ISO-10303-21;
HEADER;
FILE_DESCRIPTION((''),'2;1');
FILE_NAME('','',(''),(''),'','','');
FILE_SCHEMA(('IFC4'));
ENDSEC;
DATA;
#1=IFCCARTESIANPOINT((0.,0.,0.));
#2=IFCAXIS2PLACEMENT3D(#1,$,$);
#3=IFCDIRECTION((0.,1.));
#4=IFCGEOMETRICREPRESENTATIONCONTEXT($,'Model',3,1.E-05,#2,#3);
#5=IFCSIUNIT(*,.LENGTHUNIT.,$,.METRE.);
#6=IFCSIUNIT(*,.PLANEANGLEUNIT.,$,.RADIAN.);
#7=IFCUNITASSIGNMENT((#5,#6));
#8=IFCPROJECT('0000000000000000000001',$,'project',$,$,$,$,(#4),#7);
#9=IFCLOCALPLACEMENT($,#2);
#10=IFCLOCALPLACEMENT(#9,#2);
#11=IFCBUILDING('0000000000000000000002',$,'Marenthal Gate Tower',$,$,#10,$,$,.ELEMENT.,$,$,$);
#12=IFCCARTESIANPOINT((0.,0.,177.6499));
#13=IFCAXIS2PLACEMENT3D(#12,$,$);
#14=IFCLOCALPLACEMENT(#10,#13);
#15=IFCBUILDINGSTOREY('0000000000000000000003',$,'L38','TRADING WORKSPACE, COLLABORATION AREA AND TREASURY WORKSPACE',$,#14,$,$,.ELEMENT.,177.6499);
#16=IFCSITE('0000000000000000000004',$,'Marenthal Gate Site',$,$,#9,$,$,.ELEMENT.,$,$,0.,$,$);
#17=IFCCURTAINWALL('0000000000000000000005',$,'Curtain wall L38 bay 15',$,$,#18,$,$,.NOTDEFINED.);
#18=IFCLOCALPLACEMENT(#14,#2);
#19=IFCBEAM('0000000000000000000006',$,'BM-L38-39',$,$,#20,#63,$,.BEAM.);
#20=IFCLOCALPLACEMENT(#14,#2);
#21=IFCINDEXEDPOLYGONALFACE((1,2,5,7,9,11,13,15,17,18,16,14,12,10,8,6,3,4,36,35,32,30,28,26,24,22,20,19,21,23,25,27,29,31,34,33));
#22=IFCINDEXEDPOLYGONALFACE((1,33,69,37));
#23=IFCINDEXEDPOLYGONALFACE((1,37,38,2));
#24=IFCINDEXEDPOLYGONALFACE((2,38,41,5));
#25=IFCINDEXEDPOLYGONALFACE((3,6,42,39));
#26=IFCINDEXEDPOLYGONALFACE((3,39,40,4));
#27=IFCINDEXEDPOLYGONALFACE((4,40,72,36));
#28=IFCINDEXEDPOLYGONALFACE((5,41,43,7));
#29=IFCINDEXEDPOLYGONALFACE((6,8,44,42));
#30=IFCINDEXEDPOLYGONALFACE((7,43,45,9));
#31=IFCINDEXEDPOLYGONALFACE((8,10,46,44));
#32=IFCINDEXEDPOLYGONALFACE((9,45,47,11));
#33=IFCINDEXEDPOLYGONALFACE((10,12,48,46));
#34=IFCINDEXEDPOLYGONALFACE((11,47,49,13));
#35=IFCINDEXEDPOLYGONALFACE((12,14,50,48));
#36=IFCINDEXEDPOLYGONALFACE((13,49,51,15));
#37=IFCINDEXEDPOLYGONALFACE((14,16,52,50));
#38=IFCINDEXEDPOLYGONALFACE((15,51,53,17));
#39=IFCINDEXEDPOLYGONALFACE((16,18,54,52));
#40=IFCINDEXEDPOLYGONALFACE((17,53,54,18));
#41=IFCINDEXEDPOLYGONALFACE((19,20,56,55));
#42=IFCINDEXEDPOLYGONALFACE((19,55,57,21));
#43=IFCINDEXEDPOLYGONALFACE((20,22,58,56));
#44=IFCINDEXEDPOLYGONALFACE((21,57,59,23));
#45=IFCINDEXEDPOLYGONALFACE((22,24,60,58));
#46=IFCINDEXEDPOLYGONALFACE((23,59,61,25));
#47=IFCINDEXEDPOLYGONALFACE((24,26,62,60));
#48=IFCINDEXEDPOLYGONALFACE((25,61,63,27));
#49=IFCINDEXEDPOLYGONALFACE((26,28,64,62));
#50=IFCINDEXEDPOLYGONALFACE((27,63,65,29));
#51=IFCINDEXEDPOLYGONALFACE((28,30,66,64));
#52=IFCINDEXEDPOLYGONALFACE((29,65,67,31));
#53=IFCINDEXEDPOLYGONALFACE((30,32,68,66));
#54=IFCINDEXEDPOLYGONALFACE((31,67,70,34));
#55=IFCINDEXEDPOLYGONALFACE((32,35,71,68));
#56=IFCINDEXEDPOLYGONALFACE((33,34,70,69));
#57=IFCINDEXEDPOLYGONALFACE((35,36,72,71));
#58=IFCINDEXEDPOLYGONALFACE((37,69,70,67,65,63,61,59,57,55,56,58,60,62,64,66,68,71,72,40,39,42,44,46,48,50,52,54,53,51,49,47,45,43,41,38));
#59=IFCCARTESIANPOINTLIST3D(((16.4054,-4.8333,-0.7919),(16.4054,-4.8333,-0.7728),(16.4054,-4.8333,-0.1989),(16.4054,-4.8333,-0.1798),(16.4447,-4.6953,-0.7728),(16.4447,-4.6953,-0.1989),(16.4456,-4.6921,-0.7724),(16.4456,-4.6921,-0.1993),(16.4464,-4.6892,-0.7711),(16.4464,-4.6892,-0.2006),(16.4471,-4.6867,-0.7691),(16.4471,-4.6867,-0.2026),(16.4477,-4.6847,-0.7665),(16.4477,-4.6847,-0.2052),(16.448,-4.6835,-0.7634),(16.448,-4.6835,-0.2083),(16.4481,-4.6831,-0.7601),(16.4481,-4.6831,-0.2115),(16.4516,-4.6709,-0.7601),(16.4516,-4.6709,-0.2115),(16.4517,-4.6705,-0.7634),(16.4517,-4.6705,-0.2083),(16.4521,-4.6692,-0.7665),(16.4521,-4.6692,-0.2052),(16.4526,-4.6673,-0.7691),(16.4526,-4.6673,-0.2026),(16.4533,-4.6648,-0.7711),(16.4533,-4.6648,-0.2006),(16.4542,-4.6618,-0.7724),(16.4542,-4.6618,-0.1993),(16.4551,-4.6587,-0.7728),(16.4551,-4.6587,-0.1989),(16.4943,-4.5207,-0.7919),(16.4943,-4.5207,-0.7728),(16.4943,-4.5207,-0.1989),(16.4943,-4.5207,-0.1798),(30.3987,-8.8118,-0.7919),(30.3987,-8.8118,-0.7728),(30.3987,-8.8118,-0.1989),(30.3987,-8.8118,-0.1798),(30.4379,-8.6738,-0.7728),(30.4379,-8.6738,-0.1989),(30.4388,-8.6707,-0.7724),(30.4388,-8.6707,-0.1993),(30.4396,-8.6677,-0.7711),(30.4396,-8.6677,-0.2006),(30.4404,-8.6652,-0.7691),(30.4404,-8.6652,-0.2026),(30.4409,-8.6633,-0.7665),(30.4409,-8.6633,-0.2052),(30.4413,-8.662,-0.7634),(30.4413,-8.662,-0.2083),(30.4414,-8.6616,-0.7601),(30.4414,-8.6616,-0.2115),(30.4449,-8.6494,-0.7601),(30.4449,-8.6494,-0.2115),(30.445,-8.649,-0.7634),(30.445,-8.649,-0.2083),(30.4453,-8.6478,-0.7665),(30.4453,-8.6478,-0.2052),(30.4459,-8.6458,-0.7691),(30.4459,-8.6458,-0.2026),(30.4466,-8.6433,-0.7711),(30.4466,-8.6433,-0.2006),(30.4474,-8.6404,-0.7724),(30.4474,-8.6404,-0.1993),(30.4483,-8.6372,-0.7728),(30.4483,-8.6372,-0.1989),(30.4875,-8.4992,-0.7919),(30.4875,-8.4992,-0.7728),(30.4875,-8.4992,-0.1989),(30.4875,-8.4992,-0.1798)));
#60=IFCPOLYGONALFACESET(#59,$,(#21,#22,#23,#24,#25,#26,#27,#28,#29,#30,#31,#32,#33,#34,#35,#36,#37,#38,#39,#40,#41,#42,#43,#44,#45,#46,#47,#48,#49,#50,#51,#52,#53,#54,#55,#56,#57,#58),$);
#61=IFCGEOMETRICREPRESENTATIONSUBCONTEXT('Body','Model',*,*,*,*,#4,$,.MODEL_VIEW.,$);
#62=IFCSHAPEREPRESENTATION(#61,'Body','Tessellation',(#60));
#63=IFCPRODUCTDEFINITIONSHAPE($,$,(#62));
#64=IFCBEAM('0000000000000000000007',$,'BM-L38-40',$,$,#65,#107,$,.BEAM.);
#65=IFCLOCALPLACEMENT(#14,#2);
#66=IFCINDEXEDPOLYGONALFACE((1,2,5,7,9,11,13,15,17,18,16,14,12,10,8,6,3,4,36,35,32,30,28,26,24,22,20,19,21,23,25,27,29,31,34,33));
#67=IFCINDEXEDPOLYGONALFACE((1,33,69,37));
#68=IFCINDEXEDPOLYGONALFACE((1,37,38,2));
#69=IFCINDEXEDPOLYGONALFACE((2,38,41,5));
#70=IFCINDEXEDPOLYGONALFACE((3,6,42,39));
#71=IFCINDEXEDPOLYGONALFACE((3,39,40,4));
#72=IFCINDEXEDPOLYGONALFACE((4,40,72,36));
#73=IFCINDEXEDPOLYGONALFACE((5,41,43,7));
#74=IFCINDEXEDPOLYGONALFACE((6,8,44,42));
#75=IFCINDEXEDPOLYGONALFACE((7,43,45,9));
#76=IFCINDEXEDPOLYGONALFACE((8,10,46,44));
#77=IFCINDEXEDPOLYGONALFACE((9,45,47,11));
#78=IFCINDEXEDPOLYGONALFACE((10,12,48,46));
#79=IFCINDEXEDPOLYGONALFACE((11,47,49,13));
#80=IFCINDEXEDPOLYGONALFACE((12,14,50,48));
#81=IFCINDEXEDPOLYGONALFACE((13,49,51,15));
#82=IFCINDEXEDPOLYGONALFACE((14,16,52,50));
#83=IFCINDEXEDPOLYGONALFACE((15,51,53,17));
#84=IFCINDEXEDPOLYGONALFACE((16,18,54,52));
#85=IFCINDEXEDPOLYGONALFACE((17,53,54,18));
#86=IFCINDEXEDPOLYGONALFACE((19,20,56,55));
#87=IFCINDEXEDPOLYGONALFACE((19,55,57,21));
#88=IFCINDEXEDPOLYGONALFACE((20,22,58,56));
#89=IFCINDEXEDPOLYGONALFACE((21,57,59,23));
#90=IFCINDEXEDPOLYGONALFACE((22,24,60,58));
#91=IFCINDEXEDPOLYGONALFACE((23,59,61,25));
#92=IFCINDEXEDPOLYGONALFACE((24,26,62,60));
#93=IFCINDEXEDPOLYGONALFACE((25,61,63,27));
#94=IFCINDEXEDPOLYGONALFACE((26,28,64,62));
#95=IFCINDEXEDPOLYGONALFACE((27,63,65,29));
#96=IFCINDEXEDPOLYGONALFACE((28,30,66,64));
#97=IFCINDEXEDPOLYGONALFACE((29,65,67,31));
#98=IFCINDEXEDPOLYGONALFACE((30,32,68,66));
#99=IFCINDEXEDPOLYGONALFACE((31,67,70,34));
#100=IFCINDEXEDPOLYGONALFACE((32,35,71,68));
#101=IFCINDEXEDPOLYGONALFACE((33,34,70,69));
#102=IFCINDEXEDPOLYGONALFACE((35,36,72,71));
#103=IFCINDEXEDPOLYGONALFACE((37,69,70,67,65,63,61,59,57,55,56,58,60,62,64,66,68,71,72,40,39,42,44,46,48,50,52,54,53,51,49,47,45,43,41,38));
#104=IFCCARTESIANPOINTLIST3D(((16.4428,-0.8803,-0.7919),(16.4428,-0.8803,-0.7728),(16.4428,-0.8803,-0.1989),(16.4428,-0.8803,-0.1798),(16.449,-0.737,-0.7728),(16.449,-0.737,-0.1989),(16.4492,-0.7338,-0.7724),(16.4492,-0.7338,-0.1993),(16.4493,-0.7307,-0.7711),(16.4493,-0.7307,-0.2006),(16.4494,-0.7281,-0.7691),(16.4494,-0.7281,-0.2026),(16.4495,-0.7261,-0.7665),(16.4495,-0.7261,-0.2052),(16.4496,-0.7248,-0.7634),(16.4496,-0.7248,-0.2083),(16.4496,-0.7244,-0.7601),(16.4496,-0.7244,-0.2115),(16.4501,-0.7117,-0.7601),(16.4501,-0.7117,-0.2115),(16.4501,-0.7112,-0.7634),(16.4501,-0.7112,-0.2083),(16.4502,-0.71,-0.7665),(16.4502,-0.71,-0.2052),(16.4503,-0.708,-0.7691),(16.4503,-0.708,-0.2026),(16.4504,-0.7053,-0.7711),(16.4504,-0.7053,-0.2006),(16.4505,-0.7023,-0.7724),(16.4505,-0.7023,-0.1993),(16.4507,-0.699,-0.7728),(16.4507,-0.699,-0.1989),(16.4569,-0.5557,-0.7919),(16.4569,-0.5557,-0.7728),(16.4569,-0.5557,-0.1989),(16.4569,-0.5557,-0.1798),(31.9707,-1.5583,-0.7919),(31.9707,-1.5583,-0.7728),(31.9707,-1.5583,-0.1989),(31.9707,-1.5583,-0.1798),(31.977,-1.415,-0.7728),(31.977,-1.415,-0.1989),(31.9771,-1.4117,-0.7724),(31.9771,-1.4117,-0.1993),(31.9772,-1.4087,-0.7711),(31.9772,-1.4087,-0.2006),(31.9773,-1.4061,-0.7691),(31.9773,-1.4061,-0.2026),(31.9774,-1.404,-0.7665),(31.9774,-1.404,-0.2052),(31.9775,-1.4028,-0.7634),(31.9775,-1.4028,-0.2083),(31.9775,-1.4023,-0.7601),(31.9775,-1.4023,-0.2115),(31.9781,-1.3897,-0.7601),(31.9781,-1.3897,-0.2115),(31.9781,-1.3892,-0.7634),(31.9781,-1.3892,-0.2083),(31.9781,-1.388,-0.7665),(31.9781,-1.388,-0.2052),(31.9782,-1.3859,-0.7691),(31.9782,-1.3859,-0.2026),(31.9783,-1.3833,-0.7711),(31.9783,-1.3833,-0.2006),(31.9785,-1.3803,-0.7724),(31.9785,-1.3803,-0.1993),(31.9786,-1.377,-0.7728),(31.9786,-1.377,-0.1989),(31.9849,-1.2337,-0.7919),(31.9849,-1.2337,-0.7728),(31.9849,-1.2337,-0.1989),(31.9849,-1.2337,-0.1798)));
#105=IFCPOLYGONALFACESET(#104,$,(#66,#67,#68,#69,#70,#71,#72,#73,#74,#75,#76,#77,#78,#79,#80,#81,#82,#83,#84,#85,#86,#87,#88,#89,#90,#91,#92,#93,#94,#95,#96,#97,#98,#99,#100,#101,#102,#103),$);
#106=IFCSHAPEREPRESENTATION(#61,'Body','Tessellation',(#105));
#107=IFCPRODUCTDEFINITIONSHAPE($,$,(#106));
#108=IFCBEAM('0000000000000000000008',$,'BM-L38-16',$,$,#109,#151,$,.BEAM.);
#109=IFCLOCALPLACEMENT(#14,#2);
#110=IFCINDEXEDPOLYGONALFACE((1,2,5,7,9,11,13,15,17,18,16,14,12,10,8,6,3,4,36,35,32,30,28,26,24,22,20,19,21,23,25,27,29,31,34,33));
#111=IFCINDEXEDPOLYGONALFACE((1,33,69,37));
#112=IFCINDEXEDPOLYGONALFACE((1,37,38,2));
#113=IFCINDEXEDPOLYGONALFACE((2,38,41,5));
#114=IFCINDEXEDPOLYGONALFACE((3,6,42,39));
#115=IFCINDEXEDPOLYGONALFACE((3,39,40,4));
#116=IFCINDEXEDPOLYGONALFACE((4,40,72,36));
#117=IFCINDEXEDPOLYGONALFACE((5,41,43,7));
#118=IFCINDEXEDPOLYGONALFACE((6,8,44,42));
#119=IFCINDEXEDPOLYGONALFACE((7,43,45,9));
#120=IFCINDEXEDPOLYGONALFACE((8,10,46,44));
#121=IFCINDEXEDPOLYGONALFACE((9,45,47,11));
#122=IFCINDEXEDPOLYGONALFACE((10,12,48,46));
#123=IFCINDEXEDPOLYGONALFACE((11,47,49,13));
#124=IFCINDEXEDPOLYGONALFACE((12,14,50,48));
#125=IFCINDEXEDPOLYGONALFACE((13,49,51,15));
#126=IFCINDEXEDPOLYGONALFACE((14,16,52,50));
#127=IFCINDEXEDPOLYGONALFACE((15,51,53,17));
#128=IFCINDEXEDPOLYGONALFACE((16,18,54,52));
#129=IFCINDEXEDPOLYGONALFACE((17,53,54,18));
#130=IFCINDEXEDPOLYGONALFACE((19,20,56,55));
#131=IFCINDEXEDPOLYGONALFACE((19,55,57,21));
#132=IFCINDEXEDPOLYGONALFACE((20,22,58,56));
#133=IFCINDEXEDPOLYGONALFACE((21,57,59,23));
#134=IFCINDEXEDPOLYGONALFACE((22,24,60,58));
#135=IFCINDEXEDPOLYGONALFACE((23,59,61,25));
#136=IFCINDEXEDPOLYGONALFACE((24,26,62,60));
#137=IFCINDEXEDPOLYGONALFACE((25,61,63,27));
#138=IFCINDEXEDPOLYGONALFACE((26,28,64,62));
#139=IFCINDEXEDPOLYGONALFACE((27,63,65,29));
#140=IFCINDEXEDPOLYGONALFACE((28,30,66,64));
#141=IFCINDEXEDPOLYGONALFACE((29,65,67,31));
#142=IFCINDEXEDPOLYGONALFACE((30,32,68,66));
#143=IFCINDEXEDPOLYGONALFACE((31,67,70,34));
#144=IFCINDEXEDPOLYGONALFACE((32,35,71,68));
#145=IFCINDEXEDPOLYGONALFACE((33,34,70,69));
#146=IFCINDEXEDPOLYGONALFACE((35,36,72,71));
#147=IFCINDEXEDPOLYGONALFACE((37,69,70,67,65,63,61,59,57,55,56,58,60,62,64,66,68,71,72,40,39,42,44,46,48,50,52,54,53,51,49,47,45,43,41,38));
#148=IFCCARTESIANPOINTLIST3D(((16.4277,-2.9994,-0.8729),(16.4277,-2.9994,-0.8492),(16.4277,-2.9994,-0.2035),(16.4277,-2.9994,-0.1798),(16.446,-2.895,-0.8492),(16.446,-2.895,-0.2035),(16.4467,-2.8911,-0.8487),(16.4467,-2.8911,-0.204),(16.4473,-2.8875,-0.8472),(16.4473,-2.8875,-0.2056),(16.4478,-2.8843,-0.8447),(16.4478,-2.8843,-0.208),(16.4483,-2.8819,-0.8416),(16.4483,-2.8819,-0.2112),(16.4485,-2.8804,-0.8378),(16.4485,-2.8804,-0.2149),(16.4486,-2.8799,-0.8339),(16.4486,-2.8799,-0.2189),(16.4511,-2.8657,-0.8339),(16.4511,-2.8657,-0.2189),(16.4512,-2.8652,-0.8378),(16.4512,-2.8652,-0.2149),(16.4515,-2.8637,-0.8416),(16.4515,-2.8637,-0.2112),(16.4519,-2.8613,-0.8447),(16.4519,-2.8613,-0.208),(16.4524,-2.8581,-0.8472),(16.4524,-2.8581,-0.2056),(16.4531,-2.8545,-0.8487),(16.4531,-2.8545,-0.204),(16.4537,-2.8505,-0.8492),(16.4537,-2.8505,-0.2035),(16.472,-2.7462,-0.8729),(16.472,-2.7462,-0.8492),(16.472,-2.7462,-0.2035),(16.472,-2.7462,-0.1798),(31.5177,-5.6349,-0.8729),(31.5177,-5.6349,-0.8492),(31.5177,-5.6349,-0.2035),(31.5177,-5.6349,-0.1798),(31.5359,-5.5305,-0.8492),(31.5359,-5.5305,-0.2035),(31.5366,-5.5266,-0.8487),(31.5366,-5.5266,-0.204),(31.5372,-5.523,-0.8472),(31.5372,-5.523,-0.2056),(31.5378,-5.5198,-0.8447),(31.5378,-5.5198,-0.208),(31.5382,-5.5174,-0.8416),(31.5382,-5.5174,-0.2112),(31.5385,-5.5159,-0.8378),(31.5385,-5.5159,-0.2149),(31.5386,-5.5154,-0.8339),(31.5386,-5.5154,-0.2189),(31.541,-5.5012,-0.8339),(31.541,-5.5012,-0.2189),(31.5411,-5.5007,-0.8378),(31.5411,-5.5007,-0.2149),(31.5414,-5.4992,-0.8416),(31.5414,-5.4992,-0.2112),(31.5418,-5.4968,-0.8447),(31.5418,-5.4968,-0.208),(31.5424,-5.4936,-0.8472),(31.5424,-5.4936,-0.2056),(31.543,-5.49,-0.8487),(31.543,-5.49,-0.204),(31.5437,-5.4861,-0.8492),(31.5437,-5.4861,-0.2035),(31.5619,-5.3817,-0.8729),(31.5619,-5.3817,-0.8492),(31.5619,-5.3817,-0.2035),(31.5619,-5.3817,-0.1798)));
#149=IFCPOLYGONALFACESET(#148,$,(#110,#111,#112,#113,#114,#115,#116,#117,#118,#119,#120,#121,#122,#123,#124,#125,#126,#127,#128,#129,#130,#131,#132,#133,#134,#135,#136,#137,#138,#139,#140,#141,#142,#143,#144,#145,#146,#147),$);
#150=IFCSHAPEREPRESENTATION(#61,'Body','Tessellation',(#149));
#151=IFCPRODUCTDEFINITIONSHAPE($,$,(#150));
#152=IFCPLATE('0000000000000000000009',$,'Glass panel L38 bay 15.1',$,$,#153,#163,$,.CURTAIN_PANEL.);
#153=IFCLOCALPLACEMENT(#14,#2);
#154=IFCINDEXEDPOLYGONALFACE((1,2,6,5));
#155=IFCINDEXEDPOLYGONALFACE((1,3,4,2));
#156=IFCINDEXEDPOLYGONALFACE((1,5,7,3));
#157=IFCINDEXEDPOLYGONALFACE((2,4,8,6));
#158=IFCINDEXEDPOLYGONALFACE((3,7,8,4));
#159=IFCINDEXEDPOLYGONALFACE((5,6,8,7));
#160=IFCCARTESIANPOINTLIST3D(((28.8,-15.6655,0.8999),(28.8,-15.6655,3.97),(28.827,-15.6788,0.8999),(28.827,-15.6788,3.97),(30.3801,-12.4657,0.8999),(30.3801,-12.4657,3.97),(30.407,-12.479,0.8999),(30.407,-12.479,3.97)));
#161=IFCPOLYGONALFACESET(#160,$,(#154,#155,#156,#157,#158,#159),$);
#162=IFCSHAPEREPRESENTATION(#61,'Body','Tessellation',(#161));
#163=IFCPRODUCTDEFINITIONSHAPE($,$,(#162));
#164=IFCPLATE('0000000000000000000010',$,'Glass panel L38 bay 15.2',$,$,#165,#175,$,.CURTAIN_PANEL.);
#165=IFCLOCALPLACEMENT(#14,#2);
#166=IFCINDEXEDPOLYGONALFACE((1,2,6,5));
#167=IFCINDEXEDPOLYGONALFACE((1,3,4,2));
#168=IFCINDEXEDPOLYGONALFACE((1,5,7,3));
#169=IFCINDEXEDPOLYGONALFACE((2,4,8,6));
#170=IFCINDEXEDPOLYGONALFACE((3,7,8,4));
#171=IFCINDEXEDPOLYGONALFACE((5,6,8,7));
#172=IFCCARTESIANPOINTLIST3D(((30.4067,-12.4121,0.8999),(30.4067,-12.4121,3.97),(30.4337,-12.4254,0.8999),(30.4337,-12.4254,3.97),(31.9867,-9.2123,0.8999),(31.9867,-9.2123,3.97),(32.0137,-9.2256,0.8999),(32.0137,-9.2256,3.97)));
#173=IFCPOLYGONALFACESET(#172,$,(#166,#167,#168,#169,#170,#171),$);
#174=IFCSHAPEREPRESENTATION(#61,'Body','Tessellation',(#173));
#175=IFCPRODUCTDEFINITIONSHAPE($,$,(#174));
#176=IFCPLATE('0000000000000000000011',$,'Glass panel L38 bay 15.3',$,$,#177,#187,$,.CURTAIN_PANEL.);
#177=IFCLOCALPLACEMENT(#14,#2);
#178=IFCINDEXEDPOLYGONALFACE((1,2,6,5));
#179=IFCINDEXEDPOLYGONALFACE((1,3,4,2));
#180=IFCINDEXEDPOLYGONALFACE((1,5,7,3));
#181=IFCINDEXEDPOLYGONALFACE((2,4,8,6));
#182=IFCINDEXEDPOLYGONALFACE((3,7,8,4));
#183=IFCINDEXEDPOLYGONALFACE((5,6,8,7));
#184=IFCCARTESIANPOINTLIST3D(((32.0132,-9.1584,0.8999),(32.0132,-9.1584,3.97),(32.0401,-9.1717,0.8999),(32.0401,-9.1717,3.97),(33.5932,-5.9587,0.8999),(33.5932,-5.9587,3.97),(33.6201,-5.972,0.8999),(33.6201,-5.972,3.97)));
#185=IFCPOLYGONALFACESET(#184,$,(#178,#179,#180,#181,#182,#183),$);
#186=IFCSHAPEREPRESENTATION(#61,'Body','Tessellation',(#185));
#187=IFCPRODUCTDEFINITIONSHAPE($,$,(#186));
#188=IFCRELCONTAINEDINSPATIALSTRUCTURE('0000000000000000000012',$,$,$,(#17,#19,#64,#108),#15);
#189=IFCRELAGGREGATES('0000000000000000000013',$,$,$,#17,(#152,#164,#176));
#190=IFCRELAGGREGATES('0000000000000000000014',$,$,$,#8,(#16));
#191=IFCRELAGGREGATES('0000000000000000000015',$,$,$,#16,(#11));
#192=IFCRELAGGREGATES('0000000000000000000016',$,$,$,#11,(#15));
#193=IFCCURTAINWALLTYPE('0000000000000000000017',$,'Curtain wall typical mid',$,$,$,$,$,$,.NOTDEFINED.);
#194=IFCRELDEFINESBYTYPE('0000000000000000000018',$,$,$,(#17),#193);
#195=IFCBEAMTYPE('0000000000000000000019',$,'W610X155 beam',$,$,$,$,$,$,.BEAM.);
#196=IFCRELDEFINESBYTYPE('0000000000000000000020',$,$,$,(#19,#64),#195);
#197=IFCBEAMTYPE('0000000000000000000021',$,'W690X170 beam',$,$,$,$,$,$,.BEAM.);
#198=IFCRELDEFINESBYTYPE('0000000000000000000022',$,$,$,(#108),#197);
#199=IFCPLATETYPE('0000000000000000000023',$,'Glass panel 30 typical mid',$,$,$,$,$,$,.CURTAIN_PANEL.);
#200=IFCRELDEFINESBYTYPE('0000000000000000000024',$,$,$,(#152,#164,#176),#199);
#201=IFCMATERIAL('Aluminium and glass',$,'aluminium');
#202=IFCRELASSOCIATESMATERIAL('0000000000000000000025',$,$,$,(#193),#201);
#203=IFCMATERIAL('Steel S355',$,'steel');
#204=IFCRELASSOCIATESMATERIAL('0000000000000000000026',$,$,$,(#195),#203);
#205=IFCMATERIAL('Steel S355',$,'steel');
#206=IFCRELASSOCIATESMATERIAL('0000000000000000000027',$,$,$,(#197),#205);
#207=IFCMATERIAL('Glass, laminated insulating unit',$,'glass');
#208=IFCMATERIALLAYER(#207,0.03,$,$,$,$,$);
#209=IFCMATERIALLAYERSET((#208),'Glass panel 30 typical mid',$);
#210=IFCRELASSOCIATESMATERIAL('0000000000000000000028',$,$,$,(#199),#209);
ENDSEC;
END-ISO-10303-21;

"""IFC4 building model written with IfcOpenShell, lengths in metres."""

from ifc_helpers import new_model, si_unit, direction, frame, origin, origin_2d, place, context, subcontext, project, spatial, rectangle, i_section, extrude, material, layer, layer_set, material_profile, profile_set, type_object, element, aggregate, save


model = new_model("IFC4")

# Units and contexts
model_context = context("Model", 3, precision=1e-05, world=origin(), true_north=direction((0.0, 1.0)))
body_context = subcontext(model_context, "Body", "Model", "MODEL_VIEW")
ifc_project = project(units=[si_unit("LENGTHUNIT", "METRE"), si_unit("PLANEANGLEUNIT", "RADIAN")], contexts=[model_context])

# Site, building, storey
site_placement = place(None, origin())
site = spatial("IfcSite", under=ifc_project, at=site_placement, Name="Marenthal Gate Site", CompositionType="ELEMENT", RefElevation=0.0)
building_placement = place(site_placement, origin())
building = spatial("IfcBuilding", under=site, at=building_placement, Name="Marenthal Gate Tower", CompositionType="ELEMENT")
storey_placement = place(building_placement, frame((0.0, 0.0, 177.6499)))
storey = spatial("IfcBuildingStorey", under=building, at=storey_placement, Name="L38", Description="TRADING WORKSPACE, COLLABORATION AREA AND TREASURY WORKSPACE", CompositionType="ELEMENT", Elevation=177.6499)

# Curtain wall
ifc_material_1 = material(Name="Aluminium and glass", Category="aluminium")
curtain_wall_type = type_object("IfcCurtainWallType", Name="Curtain wall typical mid", PredefinedType="NOTDEFINED", material=ifc_material_1)
curtain_wall_placement = place(storey_placement, origin())
curtain_wall = element("IfcCurtainWall", 1, at=curtain_wall_placement, inside=storey, type_object=curtain_wall_type, Name="Curtain wall L38 bay 15", PredefinedType="NOTDEFINED")

# Beams
ifc_material_2 = material(Name="Steel S355", Category="steel")
ifc_material_profile_1 = material_profile(ifc_material_2, i_section(OverallWidth=0.325, OverallDepth=0.6121, WebThickness=0.0127, FlangeThickness=0.019, FilletRadius=0.0127, at=origin_2d()), Name="W610X155")
ifc_profile_set_1 = profile_set([ifc_material_profile_1], Name="Steel S355")
beam_type_1 = type_object("IfcBeamType", Name="W610X155 beam", PredefinedType="BEAM", material=ifc_profile_set_1)
beam_1_placement = place(storey_placement, frame((30.4431, -8.6555, -0.4858), z_axis=(-0.961878, 0.27348, 0.0), x_axis=(-0.27348, -0.961878, 0.0)))
element("IfcBeam", 2, at=beam_1_placement, inside=storey, type_object=beam_type_1, Name="BM-L38-39", PredefinedType="BEAM", context=body_context, shape_type="SweptSolid", body=[
    extrude(i_section(OverallWidth=0.325, OverallDepth=0.6121, WebThickness=0.0127, FlangeThickness=0.019, FilletRadius=0.0127, at=origin_2d()), origin(), (0.0, 0.0, 1.0), 14.5479),
])
beam_2_placement = place(storey_placement, frame((31.9778, -1.396, -0.4858), z_axis=(-0.999048, 0.043621, 0.0), x_axis=(-0.043621, -0.999048, 0.0)))
element("IfcBeam", 3, at=beam_2_placement, inside=storey, type_object=beam_type_1, Name="BM-L38-40", PredefinedType="BEAM", context=body_context, shape_type="SweptSolid", body=[
    extrude(i_section(OverallWidth=0.325, OverallDepth=0.6121, WebThickness=0.0127, FlangeThickness=0.019, FilletRadius=0.0127, at=origin_2d()), origin(), (0.0, 0.0, 1.0), 15.5427),
])
ifc_material_3 = material(Name="Steel S355", Category="steel")
ifc_material_profile_2 = material_profile(ifc_material_3, i_section(OverallWidth=0.2571, OverallDepth=0.6931, WebThickness=0.0144, FlangeThickness=0.0237, FilletRadius=0.0154, at=origin_2d()), Name="W690X170")
ifc_profile_set_2 = profile_set([ifc_material_profile_2], Name="Steel S355")
beam_type_2 = type_object("IfcBeamType", Name="W690X170 beam", PredefinedType="BEAM", material=ifc_profile_set_2)
beam_3_placement = place(storey_placement, frame((31.5398, -5.5083, -0.5264), z_axis=(-0.985088, 0.172049, 0.0), x_axis=(-0.172049, -0.985088, 0.0)))
element("IfcBeam", 4, at=beam_3_placement, inside=storey, type_object=beam_type_2, Name="BM-L38-16", PredefinedType="BEAM", context=body_context, shape_type="SweptSolid", body=[
    extrude(i_section(OverallWidth=0.2571, OverallDepth=0.6931, WebThickness=0.0144, FlangeThickness=0.0237, FilletRadius=0.0154, at=origin_2d()), origin(), (0.0, 0.0, 1.0), 15.3184),
])

# Plates
ifc_material_4 = material(Name="Glass, laminated insulating unit", Category="glass")
ifc_layer_1 = layer(ifc_material_4, 0.03)
ifc_layer_set_1 = layer_set([ifc_layer_1], Name="Glass panel 30 typical mid")
plate_type = type_object("IfcPlateType", Name="Glass panel 30 typical mid", PredefinedType="CURTAIN_PANEL", material=ifc_layer_set_1)
plate_1_placement = place(storey_placement, frame((29.6035, -14.0723, 0.8999), z_axis=(0.0, 0.0, 1.0), x_axis=(0.442753, 0.896643, 0.0)))
plate_1 = element("IfcPlate", 5, at=plate_1_placement, type_object=plate_type, Name="Glass panel L38 bay 15.1", PredefinedType="CURTAIN_PANEL", context=body_context, shape_type="SweptSolid", body=[
    extrude(rectangle(XDim=3.5686, YDim=0.03, at=origin_2d()), origin(), (0.0, 0.0, 1.0), 3.0701),
])
plate_2_placement = place(storey_placement, frame((31.2102, -10.8188, 0.8999), z_axis=(0.0, 0.0, 1.0), x_axis=(0.442753, 0.896643, 0.0)))
plate_2 = element("IfcPlate", 6, at=plate_2_placement, type_object=plate_type, Name="Glass panel L38 bay 15.2", PredefinedType="CURTAIN_PANEL", context=body_context, shape_type="SweptSolid", body=[
    extrude(rectangle(XDim=3.5686, YDim=0.03, at=origin_2d()), origin(), (0.0, 0.0, 1.0), 3.0701),
])
plate_3_placement = place(storey_placement, frame((32.8167, -7.5652, 0.8999), z_axis=(0.0, 0.0, 1.0), x_axis=(0.442753, 0.896643, 0.0)))
plate_3 = element("IfcPlate", 7, at=plate_3_placement, type_object=plate_type, Name="Glass panel L38 bay 15.3", PredefinedType="CURTAIN_PANEL", context=body_context, shape_type="SweptSolid", body=[
    extrude(rectangle(XDim=3.5686, YDim=0.03, at=origin_2d()), origin(), (0.0, 0.0, 1.0), 3.0701),
])
aggregate(curtain_wall, [plate_1, plate_2, plate_3])

save(model, "model.ifc")
